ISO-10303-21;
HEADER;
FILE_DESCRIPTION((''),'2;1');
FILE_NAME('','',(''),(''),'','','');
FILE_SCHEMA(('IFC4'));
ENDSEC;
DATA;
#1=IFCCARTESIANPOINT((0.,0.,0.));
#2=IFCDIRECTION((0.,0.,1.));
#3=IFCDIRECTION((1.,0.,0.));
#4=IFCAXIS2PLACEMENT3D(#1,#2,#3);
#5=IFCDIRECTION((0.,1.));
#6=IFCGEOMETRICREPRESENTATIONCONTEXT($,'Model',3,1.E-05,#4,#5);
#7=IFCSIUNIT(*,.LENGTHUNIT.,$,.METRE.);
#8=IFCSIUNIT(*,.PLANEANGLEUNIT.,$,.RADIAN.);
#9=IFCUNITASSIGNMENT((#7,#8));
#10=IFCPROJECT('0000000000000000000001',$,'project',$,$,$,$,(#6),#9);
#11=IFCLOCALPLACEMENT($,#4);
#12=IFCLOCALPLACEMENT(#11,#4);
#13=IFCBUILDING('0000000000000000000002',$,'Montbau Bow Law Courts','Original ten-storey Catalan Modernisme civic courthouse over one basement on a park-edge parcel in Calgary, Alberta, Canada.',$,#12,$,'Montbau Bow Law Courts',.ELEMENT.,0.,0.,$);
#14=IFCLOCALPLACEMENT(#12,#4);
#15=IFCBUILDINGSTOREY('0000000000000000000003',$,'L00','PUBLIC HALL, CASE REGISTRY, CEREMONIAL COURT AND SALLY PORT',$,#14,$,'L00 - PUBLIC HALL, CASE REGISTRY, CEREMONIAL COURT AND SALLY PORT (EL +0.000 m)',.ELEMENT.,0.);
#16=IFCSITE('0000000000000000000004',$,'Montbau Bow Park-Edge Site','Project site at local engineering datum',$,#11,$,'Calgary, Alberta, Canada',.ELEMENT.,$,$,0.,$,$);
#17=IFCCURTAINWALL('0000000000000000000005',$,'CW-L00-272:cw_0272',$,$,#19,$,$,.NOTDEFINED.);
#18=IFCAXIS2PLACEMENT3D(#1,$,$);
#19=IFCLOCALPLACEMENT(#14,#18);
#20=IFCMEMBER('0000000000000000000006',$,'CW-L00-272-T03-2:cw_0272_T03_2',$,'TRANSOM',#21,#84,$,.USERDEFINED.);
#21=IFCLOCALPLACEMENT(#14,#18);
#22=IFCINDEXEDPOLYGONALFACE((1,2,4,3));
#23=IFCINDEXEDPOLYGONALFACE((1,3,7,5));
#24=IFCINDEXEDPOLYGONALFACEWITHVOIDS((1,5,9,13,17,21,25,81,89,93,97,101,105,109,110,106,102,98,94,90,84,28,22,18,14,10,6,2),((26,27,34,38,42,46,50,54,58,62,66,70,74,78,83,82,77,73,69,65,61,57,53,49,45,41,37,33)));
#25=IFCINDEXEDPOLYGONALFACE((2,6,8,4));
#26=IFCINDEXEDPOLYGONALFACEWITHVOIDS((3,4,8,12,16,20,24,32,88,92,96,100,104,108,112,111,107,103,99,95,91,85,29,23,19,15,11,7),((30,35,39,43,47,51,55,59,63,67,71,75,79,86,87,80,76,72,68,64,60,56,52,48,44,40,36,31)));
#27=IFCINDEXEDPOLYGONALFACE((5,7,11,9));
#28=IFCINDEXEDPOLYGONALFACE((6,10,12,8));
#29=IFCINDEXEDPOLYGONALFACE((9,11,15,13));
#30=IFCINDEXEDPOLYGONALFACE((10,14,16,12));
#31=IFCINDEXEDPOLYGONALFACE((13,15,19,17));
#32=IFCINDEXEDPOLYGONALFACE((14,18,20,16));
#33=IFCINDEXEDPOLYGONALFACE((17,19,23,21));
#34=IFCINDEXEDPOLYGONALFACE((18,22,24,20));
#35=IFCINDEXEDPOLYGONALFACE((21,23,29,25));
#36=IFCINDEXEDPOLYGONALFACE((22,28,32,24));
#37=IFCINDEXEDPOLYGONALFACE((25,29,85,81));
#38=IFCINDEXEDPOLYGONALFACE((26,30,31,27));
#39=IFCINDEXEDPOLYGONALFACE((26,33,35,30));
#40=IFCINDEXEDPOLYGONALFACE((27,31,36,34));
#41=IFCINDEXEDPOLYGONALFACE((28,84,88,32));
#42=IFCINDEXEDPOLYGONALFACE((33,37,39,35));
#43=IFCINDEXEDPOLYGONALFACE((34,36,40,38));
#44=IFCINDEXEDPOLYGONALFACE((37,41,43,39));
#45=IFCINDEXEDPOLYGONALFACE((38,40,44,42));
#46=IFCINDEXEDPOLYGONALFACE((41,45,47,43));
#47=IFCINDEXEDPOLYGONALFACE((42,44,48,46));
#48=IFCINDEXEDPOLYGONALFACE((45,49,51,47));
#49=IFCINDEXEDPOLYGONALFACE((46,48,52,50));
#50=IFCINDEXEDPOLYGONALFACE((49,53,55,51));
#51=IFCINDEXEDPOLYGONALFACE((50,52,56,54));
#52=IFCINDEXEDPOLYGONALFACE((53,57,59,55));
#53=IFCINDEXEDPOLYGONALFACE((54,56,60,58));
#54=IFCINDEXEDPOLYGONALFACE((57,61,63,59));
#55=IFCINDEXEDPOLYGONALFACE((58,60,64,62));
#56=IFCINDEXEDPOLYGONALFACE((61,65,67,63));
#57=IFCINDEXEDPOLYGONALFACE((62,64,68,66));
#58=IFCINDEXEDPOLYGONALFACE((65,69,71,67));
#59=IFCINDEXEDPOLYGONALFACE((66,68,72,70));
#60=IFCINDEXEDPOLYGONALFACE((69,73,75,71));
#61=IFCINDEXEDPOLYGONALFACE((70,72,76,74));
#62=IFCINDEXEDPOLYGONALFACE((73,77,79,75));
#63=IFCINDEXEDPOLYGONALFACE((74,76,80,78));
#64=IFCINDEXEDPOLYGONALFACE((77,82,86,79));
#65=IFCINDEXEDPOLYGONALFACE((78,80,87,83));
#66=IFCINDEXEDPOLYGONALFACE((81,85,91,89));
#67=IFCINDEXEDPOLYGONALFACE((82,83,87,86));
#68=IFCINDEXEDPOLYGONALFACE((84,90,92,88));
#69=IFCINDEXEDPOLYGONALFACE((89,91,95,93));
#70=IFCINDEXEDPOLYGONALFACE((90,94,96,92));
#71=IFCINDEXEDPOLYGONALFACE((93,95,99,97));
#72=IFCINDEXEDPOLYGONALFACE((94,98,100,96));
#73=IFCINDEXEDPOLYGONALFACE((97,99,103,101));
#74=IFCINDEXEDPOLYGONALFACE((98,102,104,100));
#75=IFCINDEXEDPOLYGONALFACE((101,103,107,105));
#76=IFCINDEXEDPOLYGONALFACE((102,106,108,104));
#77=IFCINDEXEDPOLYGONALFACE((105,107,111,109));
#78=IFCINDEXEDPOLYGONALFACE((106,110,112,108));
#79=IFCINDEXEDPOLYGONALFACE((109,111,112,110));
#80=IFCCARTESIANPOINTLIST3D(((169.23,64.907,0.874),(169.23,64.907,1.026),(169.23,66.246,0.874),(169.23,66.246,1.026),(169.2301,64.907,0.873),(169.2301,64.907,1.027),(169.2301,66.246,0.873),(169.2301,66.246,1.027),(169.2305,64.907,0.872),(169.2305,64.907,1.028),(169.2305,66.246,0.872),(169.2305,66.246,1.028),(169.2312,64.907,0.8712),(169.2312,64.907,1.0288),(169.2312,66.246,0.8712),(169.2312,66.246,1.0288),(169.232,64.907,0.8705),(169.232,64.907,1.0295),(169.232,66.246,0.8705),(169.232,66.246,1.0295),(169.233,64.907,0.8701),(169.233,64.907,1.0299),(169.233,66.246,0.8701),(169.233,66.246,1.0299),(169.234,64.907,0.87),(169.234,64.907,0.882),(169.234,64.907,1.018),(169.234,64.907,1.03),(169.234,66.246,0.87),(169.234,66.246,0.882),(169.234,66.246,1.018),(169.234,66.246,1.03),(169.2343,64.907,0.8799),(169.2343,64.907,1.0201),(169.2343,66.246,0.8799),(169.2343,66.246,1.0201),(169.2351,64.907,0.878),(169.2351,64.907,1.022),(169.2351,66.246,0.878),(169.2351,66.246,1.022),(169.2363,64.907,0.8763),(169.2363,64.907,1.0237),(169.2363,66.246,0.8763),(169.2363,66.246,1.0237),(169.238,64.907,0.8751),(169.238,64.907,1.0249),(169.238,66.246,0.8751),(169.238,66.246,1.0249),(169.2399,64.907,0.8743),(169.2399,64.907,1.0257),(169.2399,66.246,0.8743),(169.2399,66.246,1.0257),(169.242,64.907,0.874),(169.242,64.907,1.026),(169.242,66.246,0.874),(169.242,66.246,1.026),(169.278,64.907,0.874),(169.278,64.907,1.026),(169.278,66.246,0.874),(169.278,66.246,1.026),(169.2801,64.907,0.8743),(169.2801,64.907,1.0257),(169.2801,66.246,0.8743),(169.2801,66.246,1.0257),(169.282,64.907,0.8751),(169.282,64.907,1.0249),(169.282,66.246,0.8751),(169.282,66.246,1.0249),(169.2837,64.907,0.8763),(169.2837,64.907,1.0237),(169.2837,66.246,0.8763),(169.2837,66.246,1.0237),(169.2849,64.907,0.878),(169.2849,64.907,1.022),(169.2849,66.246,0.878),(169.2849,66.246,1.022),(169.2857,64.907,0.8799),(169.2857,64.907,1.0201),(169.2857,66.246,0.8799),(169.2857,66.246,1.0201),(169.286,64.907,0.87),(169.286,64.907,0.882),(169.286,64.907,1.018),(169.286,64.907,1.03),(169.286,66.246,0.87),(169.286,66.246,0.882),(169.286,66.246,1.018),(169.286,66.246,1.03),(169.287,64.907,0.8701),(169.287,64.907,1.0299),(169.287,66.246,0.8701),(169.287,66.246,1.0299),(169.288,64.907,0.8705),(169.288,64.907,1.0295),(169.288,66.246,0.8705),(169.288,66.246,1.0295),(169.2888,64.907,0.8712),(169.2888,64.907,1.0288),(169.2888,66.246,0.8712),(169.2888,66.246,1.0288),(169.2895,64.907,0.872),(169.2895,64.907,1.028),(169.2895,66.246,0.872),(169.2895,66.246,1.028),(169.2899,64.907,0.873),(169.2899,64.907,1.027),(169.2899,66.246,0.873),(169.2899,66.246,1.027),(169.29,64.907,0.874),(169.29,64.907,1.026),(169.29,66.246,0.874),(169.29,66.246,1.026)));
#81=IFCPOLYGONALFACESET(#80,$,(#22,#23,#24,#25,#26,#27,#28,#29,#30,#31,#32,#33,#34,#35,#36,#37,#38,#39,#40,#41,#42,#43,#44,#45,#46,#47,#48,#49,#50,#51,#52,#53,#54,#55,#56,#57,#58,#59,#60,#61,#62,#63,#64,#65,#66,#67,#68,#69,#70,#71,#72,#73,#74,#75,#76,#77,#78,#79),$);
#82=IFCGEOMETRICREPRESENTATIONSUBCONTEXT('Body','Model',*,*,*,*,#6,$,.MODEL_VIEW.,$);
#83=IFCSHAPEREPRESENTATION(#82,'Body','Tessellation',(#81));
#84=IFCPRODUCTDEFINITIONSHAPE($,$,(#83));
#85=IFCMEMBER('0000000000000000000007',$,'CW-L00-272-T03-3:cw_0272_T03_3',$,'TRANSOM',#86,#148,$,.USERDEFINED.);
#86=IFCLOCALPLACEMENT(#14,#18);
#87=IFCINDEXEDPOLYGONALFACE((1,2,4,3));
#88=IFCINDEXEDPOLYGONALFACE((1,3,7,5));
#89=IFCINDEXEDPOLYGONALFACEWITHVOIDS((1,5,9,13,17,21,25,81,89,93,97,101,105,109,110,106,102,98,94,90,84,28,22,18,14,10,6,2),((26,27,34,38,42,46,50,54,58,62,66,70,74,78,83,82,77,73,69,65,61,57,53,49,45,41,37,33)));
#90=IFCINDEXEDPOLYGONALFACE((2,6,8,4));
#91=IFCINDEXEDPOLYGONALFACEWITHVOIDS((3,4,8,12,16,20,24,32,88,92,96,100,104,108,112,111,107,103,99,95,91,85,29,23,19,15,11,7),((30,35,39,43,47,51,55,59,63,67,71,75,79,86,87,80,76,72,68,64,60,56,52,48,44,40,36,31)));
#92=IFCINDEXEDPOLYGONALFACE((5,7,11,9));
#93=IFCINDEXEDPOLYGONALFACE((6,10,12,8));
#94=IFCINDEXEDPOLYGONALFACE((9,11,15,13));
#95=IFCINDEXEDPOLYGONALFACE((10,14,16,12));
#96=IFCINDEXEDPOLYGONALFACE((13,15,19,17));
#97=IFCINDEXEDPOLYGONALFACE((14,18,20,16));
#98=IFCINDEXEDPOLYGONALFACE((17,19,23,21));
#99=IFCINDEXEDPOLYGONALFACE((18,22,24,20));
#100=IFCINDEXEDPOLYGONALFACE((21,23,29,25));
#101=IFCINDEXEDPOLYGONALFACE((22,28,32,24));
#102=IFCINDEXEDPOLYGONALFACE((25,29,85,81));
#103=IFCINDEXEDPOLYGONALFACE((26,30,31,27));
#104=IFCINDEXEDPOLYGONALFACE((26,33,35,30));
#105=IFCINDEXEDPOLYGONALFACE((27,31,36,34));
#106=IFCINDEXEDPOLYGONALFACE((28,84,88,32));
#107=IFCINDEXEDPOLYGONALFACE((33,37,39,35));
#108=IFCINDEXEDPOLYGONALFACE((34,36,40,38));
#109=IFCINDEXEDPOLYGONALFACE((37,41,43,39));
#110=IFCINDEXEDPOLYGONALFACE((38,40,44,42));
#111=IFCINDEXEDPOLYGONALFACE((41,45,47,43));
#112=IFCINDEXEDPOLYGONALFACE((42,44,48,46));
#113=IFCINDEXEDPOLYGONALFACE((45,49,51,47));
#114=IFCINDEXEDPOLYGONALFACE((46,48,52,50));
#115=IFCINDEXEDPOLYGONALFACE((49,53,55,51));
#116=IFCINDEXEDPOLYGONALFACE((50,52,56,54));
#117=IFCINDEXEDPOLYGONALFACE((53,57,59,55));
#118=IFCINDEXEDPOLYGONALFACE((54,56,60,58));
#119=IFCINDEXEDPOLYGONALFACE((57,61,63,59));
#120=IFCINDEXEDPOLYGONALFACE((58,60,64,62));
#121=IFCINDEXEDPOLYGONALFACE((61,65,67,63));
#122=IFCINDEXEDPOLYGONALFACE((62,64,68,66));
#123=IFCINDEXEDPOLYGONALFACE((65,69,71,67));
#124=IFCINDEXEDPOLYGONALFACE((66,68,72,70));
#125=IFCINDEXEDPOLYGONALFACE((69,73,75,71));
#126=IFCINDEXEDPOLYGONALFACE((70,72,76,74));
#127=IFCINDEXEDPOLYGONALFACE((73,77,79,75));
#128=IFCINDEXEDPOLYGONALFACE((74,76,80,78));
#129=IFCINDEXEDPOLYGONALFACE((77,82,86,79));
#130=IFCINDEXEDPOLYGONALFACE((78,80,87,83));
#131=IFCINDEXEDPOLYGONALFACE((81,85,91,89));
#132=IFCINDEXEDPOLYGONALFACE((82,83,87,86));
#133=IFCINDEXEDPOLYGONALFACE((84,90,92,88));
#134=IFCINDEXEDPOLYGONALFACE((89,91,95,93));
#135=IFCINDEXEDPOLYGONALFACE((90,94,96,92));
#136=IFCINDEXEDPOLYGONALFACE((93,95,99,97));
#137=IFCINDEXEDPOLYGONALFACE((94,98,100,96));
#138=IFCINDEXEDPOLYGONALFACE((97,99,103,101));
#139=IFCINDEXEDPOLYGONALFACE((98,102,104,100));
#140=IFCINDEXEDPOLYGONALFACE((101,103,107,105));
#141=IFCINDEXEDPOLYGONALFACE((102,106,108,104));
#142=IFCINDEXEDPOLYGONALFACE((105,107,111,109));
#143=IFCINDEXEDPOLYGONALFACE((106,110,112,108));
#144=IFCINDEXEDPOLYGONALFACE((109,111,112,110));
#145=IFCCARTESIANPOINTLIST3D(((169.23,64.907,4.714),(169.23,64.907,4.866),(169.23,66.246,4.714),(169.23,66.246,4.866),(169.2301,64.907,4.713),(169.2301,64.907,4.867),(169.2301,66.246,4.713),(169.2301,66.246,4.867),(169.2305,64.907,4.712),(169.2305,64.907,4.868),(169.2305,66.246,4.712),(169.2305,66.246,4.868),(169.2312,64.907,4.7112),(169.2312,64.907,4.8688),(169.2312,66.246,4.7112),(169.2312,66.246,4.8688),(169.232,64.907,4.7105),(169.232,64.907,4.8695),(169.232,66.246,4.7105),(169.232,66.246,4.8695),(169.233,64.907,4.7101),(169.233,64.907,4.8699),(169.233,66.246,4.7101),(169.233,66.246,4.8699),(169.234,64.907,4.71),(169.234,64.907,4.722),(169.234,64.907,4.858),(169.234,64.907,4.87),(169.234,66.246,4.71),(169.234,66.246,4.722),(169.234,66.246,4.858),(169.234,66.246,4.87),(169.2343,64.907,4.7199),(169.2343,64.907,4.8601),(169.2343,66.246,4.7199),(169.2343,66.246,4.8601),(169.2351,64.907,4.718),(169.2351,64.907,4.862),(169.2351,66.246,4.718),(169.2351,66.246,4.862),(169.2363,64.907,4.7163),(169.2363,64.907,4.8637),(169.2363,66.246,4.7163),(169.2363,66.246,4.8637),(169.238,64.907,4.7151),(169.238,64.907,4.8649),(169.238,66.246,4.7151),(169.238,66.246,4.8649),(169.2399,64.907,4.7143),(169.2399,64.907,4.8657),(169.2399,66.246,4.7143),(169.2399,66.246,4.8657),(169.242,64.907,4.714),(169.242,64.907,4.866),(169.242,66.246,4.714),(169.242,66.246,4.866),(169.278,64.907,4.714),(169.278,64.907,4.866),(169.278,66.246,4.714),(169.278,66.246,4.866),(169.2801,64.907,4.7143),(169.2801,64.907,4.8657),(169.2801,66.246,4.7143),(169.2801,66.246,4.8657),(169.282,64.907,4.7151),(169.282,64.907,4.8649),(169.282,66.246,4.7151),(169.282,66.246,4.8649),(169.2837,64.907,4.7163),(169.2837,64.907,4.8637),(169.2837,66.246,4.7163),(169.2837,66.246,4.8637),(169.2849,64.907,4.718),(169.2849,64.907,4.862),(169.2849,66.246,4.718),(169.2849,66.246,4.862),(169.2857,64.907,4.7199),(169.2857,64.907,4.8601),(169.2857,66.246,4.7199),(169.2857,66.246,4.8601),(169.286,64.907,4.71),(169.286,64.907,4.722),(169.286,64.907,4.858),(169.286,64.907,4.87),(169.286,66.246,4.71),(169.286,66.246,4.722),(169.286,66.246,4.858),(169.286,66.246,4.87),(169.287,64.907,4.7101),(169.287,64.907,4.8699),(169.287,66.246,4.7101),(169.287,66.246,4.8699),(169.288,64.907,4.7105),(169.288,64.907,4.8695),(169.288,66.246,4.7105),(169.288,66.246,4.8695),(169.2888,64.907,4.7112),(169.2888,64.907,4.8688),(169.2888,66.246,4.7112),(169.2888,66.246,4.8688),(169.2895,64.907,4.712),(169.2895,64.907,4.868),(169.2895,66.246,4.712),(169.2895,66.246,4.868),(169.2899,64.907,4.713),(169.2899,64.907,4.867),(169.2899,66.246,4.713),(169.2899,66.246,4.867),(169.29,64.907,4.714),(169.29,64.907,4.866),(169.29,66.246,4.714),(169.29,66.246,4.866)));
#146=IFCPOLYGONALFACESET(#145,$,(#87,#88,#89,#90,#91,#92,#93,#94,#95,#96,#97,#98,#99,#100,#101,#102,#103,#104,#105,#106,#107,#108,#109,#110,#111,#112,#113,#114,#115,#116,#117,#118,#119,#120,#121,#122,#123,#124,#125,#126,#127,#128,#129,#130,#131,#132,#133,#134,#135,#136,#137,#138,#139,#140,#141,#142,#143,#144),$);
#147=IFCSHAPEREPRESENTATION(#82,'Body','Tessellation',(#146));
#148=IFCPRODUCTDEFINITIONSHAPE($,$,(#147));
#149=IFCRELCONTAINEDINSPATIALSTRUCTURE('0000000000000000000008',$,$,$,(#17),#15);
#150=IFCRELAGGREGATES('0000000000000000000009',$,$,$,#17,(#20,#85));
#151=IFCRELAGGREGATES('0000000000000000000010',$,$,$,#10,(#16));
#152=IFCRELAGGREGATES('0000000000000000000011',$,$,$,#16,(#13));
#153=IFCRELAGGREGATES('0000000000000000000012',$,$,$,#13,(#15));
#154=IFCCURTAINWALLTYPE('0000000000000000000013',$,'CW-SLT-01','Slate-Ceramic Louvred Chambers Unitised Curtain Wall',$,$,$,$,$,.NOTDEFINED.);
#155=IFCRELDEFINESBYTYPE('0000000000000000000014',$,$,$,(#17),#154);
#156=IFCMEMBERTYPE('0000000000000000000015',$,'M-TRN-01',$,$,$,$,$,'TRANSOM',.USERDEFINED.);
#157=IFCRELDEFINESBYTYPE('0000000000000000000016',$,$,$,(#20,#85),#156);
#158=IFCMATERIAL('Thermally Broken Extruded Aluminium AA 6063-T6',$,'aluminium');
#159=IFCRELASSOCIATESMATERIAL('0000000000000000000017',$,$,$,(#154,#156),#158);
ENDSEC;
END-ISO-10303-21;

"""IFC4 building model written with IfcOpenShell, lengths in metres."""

from ifc_helpers import new_model, si_unit, direction, frame, origin_with_axes, origin_2d_with_axis, place, context, subcontext, project, spatial, hollow_rectangle, extrude, material, material_profile, profile_set, type_object, element, aggregate, save


model = new_model("IFC4")

# Units and contexts
model_context = context("Model", 3, precision=1e-05, world=origin_with_axes(), true_north=direction((0.0, 1.0)))
body_context = subcontext(model_context, "Body", "Model", "MODEL_VIEW")
ifc_project = project(units=[si_unit("LENGTHUNIT", "METRE"), si_unit("PLANEANGLEUNIT", "RADIAN")], contexts=[model_context])

# Site, building, storey
site_placement = place(None, origin_with_axes())
site = spatial("IfcSite", under=ifc_project, at=site_placement, Name="Montbau Bow Park-Edge Site", Description="Project site at local engineering datum", LongName="Calgary, Alberta, Canada", CompositionType="ELEMENT", RefElevation=0.0)
building_placement = place(site_placement, origin_with_axes())
building = spatial("IfcBuilding", under=site, at=building_placement, Name="Montbau Bow Law Courts", Description="Original ten-storey Catalan Modernisme civic courthouse over one basement on a park-edge parcel in Calgary, Alberta, Canada.", LongName="Montbau Bow Law Courts", CompositionType="ELEMENT", ElevationOfRefHeight=0.0, ElevationOfTerrain=0.0)
storey_placement = place(building_placement, origin_with_axes())
storey = spatial("IfcBuildingStorey", under=building, at=storey_placement, Name="L00", Description="PUBLIC HALL, CASE REGISTRY, CEREMONIAL COURT AND SALLY PORT", LongName="L00 - PUBLIC HALL, CASE REGISTRY, CEREMONIAL COURT AND SALLY PORT (EL +0.000 m)", CompositionType="ELEMENT", Elevation=0.0)

# Curtain wall, members
ifc_material_1 = material(Name="Thermally Broken Extruded Aluminium AA 6063-T6", Category="aluminium")
curtain_wall_type = type_object("IfcCurtainWallType", Name="CW-SLT-01", Description="Slate-Ceramic Louvred Chambers Unitised Curtain Wall", PredefinedType="NOTDEFINED", material=ifc_material_1)
curtain_wall_1_placement = place(None, frame((169.26, 62.068, 0.0), z_axis=(0.0, 0.0, 1.0), x_axis=(1.0, 0.0, 0.0)))
curtain_wall_1 = element("IfcCurtainWall", 1, at=curtain_wall_1_placement, inside=storey, type_object=curtain_wall_type, Name="CW-L00-272:cw_0272", PredefinedType="NOTDEFINED")
ifc_material_profile_1 = material_profile(ifc_material_1, hollow_rectangle(XDim=0.06, YDim=0.16, WallThickness=0.004, InnerFilletRadius=0.008, OuterFilletRadius=0.004, at=origin_2d_with_axis()), Name="CWT-160X60", Category="Main", Priority=0)
ifc_profile_set_1 = profile_set([ifc_material_profile_1], Name="Thermally Broken Extruded Aluminium AA 6063-T6")
member_type_1 = type_object("IfcMemberType", Name="M-TRN-01", ElementType="TRANSOM", PredefinedType="USERDEFINED", material=ifc_profile_set_1)
member_1_placement = place(None, frame((169.26, 64.907, 0.95), z_axis=(0.0, 1.0, 0.0), x_axis=(-1.0, 0.0, 0.0)))
member_1 = element("IfcMember", 2, at=member_1_placement, type_object=member_type_1, Name="CW-L00-272-T03-2:cw_0272_T03_2", ObjectType="TRANSOM", PredefinedType="USERDEFINED", context=body_context, shape_type="SweptSolid", body=[
    extrude(hollow_rectangle(XDim=0.06, YDim=0.16, WallThickness=0.004, InnerFilletRadius=0.008, OuterFilletRadius=0.004, at=origin_2d_with_axis()), origin_with_axes(), (0.0, 0.0, 1.0), 1.339),
])
member_2_placement = place(None, frame((169.26, 64.907, 4.79), z_axis=(0.0, 1.0, 0.0), x_axis=(-1.0, 0.0, 0.0)))
member_2 = element("IfcMember", 3, at=member_2_placement, type_object=member_type_1, Name="CW-L00-272-T03-3:cw_0272_T03_3", ObjectType="TRANSOM", PredefinedType="USERDEFINED", context=body_context, shape_type="SweptSolid", body=[
    extrude(hollow_rectangle(XDim=0.06, YDim=0.16, WallThickness=0.004, InnerFilletRadius=0.008, OuterFilletRadius=0.004, at=origin_2d_with_axis()), origin_with_axes(), (0.0, 0.0, 1.0), 1.339),
])

aggregate(curtain_wall_1, [member_1, member_2])

save(model, "model.ifc")
